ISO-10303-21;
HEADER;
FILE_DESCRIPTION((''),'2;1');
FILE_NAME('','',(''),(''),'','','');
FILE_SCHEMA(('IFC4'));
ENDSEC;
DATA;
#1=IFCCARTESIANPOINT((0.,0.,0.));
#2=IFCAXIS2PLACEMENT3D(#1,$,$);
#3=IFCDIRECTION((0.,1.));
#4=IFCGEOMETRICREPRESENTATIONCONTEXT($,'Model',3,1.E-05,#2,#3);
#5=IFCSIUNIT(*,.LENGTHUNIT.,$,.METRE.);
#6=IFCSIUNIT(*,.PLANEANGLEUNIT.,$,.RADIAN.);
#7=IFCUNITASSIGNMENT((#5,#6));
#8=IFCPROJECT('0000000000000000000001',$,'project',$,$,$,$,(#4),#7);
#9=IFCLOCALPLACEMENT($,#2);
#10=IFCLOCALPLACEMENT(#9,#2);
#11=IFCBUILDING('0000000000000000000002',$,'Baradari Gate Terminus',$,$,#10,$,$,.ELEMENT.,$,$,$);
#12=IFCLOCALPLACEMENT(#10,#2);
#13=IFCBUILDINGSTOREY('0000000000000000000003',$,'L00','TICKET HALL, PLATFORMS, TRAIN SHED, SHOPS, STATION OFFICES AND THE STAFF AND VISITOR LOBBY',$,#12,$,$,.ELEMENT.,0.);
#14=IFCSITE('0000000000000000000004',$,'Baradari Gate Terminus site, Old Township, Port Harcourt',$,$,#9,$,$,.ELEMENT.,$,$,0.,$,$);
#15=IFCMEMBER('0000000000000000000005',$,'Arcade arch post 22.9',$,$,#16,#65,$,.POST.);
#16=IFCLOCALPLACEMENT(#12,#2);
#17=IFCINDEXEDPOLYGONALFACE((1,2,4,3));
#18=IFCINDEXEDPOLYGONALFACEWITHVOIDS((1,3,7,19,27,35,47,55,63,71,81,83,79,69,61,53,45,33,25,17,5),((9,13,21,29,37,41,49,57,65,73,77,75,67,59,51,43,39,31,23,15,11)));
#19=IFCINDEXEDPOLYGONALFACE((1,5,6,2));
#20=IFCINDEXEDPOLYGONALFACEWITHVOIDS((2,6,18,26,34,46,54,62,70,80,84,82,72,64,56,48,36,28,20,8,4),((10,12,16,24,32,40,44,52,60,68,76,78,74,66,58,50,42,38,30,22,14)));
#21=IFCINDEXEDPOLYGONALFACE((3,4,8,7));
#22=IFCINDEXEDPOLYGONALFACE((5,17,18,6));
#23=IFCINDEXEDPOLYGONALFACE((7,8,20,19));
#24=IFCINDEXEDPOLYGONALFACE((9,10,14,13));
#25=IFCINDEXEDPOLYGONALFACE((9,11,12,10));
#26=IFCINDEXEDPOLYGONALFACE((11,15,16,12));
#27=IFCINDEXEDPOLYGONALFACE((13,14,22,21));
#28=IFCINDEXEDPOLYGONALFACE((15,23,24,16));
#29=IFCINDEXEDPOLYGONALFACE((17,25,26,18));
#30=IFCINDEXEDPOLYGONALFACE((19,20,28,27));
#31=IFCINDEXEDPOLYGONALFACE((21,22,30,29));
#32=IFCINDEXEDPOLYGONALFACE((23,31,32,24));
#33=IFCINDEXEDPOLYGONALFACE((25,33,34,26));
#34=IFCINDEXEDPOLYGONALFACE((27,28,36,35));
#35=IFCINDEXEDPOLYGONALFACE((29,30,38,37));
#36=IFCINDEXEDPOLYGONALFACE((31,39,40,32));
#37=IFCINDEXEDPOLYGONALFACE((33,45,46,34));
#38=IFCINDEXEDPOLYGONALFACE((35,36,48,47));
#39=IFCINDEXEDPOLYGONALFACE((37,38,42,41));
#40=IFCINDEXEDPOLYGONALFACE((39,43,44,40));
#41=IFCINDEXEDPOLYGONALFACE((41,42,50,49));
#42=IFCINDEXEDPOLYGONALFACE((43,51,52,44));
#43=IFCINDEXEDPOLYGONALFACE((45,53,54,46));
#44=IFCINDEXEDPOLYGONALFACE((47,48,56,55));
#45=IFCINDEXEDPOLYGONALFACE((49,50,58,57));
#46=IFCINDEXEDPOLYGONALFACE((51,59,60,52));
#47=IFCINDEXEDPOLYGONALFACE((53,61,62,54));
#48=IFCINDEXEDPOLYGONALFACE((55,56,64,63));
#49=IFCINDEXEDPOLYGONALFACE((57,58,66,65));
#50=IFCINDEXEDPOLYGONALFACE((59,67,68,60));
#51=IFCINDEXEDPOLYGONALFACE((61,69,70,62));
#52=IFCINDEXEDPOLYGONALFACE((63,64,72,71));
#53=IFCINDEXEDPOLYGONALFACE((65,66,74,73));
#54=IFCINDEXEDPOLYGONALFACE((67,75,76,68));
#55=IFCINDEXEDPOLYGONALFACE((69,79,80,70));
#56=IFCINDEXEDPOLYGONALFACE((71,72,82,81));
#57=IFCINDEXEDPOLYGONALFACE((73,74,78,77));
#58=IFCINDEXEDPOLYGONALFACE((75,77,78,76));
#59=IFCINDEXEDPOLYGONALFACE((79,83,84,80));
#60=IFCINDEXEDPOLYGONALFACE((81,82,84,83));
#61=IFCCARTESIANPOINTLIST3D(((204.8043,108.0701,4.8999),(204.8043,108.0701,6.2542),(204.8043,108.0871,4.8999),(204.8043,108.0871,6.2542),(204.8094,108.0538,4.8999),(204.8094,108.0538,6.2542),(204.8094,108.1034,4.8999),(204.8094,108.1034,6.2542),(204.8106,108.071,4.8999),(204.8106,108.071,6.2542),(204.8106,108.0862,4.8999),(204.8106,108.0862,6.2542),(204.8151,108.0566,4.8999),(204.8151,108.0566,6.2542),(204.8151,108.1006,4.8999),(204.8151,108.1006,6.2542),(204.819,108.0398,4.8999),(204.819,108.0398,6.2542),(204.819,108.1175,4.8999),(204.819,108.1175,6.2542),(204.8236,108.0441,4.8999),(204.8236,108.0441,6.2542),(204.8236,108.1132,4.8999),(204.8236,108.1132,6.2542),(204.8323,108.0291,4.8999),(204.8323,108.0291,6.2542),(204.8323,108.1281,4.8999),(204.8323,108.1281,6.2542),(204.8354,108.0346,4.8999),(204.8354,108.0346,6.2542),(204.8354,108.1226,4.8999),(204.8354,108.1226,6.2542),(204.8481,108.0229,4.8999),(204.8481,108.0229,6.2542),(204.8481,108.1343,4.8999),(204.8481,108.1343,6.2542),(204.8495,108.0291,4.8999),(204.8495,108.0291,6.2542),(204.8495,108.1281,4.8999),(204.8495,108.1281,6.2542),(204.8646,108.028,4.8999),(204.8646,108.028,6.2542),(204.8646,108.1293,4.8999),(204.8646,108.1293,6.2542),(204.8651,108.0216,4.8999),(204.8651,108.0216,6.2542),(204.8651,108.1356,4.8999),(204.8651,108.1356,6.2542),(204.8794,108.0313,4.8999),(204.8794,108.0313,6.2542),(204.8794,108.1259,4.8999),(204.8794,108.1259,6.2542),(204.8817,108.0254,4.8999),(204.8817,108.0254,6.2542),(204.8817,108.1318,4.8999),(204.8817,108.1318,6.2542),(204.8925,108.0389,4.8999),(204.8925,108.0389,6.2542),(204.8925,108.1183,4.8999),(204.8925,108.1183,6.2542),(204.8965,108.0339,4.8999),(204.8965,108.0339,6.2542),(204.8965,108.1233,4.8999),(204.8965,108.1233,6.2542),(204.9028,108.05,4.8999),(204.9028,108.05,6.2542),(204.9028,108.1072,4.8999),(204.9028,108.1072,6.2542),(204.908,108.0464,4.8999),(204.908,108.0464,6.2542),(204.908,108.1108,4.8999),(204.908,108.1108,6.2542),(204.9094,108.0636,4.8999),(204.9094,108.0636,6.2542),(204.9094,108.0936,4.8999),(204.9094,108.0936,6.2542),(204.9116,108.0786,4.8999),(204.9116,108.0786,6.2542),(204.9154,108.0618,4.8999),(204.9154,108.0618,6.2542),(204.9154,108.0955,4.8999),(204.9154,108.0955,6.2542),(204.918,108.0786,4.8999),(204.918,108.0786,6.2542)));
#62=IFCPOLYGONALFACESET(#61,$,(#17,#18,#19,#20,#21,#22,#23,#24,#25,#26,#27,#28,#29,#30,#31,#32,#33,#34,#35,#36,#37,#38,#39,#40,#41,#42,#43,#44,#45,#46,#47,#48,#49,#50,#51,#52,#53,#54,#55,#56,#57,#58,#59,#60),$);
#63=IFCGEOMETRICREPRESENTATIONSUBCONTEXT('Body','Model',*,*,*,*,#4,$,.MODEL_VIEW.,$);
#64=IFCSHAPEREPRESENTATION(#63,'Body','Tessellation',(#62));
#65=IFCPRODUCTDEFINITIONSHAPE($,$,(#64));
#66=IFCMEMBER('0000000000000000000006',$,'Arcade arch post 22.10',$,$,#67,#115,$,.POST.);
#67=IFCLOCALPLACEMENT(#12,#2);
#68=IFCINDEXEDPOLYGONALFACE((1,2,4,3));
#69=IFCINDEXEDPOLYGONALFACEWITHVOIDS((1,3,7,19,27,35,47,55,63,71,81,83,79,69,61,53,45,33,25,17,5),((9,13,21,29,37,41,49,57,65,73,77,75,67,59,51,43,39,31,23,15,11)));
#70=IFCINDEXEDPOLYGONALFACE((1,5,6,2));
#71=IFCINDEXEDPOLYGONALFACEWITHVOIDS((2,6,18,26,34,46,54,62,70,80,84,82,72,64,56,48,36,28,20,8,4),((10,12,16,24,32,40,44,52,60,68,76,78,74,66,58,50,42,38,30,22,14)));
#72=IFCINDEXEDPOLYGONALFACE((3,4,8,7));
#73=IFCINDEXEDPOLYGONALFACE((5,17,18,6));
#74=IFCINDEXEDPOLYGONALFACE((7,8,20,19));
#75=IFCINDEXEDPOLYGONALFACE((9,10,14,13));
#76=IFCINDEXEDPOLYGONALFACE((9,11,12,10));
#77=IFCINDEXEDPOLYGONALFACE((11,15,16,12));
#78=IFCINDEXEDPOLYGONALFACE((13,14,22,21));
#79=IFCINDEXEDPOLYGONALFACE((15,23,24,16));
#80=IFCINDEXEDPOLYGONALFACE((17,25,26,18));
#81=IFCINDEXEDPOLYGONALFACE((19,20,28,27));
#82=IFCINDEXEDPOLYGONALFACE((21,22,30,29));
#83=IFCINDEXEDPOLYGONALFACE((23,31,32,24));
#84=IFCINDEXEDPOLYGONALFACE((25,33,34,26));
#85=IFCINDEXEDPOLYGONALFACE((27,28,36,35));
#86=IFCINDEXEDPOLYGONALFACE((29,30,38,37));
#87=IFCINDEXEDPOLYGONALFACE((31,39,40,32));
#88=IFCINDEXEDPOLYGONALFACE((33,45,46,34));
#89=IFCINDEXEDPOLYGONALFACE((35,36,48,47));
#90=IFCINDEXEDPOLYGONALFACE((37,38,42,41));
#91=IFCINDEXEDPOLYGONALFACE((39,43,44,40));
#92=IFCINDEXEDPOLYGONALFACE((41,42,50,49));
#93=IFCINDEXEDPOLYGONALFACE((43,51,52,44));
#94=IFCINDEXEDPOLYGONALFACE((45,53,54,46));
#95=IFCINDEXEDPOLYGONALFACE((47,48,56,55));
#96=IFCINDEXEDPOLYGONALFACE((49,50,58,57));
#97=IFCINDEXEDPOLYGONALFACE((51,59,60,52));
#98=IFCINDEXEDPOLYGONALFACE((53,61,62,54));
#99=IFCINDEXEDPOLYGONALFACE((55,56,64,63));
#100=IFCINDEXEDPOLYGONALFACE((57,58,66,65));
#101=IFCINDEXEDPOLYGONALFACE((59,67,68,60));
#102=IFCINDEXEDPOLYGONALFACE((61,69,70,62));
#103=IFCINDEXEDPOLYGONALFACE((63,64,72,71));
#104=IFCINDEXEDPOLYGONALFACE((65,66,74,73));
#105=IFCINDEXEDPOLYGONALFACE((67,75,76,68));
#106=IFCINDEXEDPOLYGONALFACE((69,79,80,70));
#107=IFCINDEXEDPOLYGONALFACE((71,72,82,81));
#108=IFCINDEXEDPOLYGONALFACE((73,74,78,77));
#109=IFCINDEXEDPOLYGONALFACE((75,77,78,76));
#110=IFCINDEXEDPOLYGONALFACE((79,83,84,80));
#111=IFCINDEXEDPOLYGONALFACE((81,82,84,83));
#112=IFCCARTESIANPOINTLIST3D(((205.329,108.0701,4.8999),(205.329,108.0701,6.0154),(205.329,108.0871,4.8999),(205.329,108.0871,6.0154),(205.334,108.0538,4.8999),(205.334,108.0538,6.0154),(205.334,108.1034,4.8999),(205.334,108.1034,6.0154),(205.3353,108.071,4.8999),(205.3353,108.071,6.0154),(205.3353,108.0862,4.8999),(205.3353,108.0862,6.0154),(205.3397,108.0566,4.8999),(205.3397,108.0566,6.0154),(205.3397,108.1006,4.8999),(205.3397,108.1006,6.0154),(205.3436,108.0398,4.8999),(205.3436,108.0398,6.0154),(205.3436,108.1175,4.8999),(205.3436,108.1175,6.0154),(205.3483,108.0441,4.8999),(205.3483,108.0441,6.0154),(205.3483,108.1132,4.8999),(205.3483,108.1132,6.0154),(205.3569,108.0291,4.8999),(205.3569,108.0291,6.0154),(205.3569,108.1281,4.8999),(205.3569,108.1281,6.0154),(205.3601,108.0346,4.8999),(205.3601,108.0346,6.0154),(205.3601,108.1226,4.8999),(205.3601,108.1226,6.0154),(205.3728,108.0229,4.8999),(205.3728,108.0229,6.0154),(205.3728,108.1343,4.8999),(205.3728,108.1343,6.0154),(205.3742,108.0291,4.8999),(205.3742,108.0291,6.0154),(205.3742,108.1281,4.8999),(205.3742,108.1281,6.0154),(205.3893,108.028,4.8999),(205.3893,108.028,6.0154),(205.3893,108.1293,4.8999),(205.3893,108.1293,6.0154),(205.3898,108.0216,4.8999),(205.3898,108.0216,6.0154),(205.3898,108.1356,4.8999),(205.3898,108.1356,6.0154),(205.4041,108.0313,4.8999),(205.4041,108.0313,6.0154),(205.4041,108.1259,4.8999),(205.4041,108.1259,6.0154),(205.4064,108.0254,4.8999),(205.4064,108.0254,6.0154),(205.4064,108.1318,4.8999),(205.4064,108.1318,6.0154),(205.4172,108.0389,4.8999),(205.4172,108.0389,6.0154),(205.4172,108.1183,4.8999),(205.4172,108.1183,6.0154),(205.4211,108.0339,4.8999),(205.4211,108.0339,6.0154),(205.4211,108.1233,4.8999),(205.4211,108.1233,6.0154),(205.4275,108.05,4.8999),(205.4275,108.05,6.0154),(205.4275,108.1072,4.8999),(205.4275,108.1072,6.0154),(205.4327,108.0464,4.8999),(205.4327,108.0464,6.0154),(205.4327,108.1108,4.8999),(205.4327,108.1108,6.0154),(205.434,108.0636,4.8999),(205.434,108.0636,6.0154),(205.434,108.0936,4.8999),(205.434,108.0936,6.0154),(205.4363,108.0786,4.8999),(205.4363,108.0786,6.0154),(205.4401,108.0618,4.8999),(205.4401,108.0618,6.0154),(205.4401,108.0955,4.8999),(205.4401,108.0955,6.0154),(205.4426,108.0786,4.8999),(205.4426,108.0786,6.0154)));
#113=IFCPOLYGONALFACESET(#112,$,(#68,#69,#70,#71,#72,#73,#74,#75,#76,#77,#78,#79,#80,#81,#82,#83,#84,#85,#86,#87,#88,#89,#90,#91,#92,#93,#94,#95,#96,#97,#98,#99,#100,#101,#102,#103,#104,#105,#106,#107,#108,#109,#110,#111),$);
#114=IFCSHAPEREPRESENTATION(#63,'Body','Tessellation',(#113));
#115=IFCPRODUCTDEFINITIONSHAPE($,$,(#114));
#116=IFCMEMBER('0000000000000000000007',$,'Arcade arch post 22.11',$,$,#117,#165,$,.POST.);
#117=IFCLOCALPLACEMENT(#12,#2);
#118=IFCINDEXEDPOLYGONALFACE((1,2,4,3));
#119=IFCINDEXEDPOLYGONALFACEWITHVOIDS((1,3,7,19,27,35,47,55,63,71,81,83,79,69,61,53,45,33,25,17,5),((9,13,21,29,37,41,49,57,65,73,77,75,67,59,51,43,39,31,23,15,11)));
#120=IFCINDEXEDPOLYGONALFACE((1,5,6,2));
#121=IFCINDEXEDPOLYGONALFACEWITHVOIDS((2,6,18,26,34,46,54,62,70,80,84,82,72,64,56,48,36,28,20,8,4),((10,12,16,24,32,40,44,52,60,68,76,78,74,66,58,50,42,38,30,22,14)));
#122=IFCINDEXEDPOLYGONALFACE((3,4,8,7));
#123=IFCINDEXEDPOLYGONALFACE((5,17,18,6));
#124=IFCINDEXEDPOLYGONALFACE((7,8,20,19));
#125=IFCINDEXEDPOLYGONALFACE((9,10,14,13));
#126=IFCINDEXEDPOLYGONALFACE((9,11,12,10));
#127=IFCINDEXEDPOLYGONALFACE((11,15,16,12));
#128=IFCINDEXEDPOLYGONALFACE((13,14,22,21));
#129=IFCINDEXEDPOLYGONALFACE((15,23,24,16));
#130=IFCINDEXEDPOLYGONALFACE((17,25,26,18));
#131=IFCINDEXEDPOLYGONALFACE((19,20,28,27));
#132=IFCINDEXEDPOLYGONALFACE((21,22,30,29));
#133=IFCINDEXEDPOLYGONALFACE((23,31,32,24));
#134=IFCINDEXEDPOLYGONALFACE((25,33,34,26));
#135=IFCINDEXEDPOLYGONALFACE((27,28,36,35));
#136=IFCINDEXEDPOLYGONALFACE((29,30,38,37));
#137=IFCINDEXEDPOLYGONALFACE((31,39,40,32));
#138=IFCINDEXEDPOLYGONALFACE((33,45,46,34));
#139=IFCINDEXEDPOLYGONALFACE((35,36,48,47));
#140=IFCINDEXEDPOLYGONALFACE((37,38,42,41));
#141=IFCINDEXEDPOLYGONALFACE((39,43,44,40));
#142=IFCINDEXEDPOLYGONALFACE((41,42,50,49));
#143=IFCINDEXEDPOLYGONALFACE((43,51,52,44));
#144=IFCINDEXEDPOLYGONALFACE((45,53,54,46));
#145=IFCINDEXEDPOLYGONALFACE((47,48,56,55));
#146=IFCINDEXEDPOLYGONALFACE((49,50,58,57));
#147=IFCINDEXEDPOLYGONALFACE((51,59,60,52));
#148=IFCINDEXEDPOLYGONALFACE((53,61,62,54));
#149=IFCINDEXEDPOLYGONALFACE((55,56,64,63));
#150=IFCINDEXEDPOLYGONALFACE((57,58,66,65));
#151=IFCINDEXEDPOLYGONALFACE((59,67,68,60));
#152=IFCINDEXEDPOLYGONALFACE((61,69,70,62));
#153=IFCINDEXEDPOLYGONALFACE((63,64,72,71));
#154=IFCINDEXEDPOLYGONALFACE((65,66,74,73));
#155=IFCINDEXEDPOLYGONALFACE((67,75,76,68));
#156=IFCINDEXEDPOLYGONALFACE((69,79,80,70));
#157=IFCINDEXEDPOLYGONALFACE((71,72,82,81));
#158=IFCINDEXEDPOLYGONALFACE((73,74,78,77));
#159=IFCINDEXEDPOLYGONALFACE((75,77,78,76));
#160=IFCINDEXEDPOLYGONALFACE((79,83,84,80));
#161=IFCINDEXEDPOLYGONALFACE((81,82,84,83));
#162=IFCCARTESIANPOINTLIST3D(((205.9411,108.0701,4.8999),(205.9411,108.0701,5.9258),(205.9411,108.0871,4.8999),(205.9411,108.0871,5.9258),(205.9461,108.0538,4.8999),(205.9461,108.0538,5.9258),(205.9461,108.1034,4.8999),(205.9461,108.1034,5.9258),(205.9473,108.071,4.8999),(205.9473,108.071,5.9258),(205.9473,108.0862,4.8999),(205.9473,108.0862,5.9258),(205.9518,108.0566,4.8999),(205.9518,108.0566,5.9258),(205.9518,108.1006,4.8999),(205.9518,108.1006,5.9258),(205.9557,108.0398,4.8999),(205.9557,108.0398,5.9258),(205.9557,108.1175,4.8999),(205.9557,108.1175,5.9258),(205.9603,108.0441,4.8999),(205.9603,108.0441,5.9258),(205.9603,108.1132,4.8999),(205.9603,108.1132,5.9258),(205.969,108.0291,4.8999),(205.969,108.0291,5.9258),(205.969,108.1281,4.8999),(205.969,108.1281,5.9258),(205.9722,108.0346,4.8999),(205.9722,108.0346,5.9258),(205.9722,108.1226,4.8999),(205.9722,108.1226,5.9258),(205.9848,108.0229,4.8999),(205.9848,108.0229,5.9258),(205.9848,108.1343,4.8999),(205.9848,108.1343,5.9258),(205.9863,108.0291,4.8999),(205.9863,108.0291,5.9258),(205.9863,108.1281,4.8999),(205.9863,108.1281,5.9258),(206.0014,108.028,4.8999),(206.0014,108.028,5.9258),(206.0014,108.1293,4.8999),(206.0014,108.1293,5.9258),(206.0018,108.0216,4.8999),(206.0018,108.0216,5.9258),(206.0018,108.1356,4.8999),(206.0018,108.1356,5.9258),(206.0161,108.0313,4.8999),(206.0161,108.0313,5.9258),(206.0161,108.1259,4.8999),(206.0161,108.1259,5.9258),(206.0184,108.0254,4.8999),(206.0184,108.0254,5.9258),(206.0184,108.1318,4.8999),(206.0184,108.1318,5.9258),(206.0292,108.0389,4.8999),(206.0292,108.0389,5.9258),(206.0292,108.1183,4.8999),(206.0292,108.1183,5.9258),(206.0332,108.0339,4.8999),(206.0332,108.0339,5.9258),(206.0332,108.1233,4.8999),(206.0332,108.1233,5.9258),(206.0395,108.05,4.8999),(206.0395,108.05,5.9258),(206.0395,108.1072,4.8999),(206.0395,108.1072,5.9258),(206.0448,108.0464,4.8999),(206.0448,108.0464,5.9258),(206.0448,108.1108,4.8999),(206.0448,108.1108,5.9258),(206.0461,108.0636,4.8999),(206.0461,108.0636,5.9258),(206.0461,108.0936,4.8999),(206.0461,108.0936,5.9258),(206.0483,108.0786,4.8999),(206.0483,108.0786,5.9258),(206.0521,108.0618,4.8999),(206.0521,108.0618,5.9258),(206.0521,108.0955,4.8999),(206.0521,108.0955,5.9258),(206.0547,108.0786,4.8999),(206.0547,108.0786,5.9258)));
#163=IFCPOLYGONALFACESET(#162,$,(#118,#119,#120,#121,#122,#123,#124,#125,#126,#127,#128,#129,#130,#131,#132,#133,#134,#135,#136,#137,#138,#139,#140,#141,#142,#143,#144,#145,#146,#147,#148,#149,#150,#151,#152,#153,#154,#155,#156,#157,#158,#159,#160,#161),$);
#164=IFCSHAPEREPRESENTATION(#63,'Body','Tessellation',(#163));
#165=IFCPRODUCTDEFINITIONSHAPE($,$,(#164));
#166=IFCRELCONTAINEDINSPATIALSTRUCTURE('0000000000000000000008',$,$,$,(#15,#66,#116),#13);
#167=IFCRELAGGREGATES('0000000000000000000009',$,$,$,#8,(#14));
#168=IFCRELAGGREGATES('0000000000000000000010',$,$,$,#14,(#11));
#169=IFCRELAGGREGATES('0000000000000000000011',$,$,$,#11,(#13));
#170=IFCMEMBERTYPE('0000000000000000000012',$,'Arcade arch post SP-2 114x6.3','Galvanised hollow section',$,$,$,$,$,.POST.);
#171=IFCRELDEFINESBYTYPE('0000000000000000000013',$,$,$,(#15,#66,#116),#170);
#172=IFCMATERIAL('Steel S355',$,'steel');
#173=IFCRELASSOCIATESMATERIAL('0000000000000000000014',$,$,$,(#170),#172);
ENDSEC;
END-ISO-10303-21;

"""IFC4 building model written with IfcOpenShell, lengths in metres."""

from ifc_helpers import new_model, si_unit, direction, frame, origin, origin_2d, place, context, subcontext, project, spatial, hollow_circle, extrude, material, material_profile, profile_set, type_object, element, save


model = new_model("IFC4")

# Units and contexts
model_context = context("Model", 3, precision=1e-05, world=origin(), true_north=direction((0.0, 1.0)))
body_context = subcontext(model_context, "Body", "Model", "MODEL_VIEW")
ifc_project = project(units=[si_unit("LENGTHUNIT", "METRE"), si_unit("PLANEANGLEUNIT", "RADIAN")], contexts=[model_context])

# Site, building, storey
site_placement = place(None, origin())
site = spatial("IfcSite", under=ifc_project, at=site_placement, Name="Baradari Gate Terminus site, Old Township, Port Harcourt", CompositionType="ELEMENT", RefElevation=0.0)
building_placement = place(site_placement, origin())
building = spatial("IfcBuilding", under=site, at=building_placement, Name="Baradari Gate Terminus", CompositionType="ELEMENT")
storey_placement = place(building_placement, origin())
storey = spatial("IfcBuildingStorey", under=building, at=storey_placement, Name="L00", Description="TICKET HALL, PLATFORMS, TRAIN SHED, SHOPS, STATION OFFICES AND THE STAFF AND VISITOR LOBBY", CompositionType="ELEMENT", Elevation=0.0)

# Members
ifc_material_1 = material(Name="Steel S355", Category="steel")
ifc_material_profile_1 = material_profile(ifc_material_1, hollow_circle(Radius=0.0571, WallThickness=0.0063, at=origin_2d()), Name="CHS 114.3x6.3")
ifc_profile_set_1 = profile_set([ifc_material_profile_1], Name="Steel S355")
member_type_1 = type_object("IfcMemberType", Name="Arcade arch post SP-2 114x6.3", Description="Galvanised hollow section", PredefinedType="POST", material=ifc_profile_set_1)
member_1_placement = place(storey_placement, frame((204.8608, 108.0786, 4.8999), z_axis=(0.0, 0.0, 1.0), x_axis=(1.0, 0.0, 0.0)))
element("IfcMember", 1, at=member_1_placement, inside=storey, type_object=member_type_1, Name="Arcade arch post 22.9", PredefinedType="POST", context=body_context, shape_type="SweptSolid", body=[
    extrude(hollow_circle(Radius=0.0571, WallThickness=0.0063, at=origin_2d()), origin(), (0.0, 0.0, 1.0), 1.3542),
])
member_2_placement = place(storey_placement, frame((205.3855, 108.0786, 4.8999), z_axis=(0.0, 0.0, 1.0), x_axis=(1.0, 0.0, 0.0)))
element("IfcMember", 2, at=member_2_placement, inside=storey, type_object=member_type_1, Name="Arcade arch post 22.10", PredefinedType="POST", context=body_context, shape_type="SweptSolid", body=[
    extrude(hollow_circle(Radius=0.0571, WallThickness=0.0063, at=origin_2d()), origin(), (0.0, 0.0, 1.0), 1.1155),
])
member_3_placement = place(storey_placement, frame((205.9976, 108.0786, 4.8999), z_axis=(0.0, 0.0, 1.0), x_axis=(1.0, 0.0, 0.0)))
element("IfcMember", 3, at=member_3_placement, inside=storey, type_object=member_type_1, Name="Arcade arch post 22.11", PredefinedType="POST", context=body_context, shape_type="SweptSolid", body=[
    extrude(hollow_circle(Radius=0.0571, WallThickness=0.0063, at=origin_2d()), origin(), (0.0, 0.0, 1.0), 1.0259),
])

save(model, "model.ifc")
